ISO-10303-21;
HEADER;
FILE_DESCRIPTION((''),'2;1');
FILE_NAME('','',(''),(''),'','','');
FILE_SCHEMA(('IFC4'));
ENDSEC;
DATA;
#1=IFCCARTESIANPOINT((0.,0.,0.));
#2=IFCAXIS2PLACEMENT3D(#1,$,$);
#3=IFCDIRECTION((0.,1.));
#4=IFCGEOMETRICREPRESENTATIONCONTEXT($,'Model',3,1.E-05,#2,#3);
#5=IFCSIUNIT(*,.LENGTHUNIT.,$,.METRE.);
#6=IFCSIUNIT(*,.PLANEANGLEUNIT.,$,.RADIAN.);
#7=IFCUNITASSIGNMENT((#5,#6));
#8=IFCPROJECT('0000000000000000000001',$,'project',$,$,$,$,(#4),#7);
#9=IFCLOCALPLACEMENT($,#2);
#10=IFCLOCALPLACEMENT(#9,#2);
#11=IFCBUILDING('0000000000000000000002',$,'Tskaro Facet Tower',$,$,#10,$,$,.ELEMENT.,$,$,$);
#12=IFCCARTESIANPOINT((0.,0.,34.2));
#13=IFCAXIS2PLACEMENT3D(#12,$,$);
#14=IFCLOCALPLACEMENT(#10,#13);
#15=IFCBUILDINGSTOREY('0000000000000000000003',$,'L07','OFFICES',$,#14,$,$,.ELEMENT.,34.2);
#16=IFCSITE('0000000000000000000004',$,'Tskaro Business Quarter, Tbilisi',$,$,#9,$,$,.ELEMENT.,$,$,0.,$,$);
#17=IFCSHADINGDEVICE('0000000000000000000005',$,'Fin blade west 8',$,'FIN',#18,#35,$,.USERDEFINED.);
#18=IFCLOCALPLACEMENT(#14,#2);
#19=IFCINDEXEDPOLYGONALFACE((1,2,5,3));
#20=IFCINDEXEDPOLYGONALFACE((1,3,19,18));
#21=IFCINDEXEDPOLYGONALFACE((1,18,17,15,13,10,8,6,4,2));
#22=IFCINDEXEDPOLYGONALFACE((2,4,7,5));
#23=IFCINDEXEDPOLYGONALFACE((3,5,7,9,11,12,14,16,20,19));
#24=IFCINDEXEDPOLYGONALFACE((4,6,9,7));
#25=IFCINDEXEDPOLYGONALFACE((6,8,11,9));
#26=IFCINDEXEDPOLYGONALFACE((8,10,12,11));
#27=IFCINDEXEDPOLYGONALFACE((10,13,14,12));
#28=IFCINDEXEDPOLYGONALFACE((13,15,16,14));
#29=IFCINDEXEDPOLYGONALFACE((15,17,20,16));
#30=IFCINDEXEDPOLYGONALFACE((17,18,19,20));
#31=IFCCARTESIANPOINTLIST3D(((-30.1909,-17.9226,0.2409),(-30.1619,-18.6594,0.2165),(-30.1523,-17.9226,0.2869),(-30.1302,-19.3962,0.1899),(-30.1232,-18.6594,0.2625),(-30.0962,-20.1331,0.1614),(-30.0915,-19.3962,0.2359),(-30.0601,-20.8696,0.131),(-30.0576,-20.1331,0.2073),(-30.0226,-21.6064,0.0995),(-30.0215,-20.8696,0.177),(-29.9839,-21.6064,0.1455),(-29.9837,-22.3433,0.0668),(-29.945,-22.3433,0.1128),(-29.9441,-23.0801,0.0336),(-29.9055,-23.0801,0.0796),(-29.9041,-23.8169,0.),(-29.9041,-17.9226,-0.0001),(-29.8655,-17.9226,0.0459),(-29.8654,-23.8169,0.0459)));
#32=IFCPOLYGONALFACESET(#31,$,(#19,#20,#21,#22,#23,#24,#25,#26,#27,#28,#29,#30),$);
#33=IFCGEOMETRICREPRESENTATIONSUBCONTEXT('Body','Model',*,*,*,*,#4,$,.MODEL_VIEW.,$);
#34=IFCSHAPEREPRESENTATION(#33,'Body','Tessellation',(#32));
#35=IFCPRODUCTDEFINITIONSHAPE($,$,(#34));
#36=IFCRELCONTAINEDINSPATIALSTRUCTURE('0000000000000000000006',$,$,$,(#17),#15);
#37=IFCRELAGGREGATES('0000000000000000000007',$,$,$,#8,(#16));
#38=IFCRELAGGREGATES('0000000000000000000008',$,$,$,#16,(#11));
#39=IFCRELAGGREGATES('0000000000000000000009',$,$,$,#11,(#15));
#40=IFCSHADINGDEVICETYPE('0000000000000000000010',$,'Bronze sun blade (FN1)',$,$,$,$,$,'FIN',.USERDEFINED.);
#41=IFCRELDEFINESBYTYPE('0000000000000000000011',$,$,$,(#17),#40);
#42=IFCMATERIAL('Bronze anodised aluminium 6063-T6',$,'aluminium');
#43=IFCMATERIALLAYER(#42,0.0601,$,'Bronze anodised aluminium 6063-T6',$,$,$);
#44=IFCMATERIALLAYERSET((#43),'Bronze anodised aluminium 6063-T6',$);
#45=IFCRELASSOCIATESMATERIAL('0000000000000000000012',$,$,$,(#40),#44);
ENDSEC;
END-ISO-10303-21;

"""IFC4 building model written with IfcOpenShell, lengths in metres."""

from ifc_helpers import new_model, si_unit, direction, frame, origin, place, context, subcontext, project, spatial, polyline, outline, extrude, material, layer, layer_set, type_object, element, save


model = new_model("IFC4")

# Units and contexts
model_context = context("Model", 3, precision=1e-05, world=origin(), true_north=direction((0.0, 1.0)))
body_context = subcontext(model_context, "Body", "Model", "MODEL_VIEW")
ifc_project = project(units=[si_unit("LENGTHUNIT", "METRE"), si_unit("PLANEANGLEUNIT", "RADIAN")], contexts=[model_context])

# Site, building, storey
site_placement = place(None, origin())
site = spatial("IfcSite", under=ifc_project, at=site_placement, Name="Tskaro Business Quarter, Tbilisi", CompositionType="ELEMENT", RefElevation=0.0)
building_placement = place(site_placement, origin())
building = spatial("IfcBuilding", under=site, at=building_placement, Name="Tskaro Facet Tower", CompositionType="ELEMENT")
storey_placement = place(building_placement, frame((0.0, 0.0, 34.2)))
storey = spatial("IfcBuildingStorey", under=building, at=storey_placement, Name="L07", Description="OFFICES", CompositionType="ELEMENT", Elevation=34.2)

# Shared definitions
ifc_material_1 = material(Name="Bronze anodised aluminium 6063-T6", Category="aluminium")

# Shading device
ifc_layer_1 = layer(ifc_material_1, 0.0601, Name="Bronze anodised aluminium 6063-T6")
ifc_layer_set_1 = layer_set([ifc_layer_1], Name="Bronze anodised aluminium 6063-T6")
shading_device_type = type_object("IfcShadingDeviceType", Name="Bronze sun blade (FN1)", ElementType="FIN", PredefinedType="USERDEFINED", material=ifc_layer_set_1)
shading_device_1_placement = place(storey_placement, frame((-29.8655, -17.9226, 0.0459), z_axis=(0.643308, 0.00001, 0.765608), x_axis=(0.000007, -1.0, 0.000008)))
element("IfcShadingDevice", 1, at=shading_device_1_placement, inside=storey, type_object=shading_device_type, Name="Fin blade west 8", ObjectType="FIN", PredefinedType="USERDEFINED", context=body_context, shape_type="SweptSolid", body=[
    extrude(outline(polyline([(0.0, 0.0), (5.8943, 0.0), (5.1575, -0.0523), (4.4207, -0.104), (3.6838, -0.1547), (2.947, -0.2038), (2.2104, -0.2509), (1.4736, -0.2953), (0.7368, -0.3367), (0.0, -0.3746), (0.0, 0.0)])), origin(), (0.0, 0.0, -1.0), 0.0601),
])

save(model, "model.ifc")
